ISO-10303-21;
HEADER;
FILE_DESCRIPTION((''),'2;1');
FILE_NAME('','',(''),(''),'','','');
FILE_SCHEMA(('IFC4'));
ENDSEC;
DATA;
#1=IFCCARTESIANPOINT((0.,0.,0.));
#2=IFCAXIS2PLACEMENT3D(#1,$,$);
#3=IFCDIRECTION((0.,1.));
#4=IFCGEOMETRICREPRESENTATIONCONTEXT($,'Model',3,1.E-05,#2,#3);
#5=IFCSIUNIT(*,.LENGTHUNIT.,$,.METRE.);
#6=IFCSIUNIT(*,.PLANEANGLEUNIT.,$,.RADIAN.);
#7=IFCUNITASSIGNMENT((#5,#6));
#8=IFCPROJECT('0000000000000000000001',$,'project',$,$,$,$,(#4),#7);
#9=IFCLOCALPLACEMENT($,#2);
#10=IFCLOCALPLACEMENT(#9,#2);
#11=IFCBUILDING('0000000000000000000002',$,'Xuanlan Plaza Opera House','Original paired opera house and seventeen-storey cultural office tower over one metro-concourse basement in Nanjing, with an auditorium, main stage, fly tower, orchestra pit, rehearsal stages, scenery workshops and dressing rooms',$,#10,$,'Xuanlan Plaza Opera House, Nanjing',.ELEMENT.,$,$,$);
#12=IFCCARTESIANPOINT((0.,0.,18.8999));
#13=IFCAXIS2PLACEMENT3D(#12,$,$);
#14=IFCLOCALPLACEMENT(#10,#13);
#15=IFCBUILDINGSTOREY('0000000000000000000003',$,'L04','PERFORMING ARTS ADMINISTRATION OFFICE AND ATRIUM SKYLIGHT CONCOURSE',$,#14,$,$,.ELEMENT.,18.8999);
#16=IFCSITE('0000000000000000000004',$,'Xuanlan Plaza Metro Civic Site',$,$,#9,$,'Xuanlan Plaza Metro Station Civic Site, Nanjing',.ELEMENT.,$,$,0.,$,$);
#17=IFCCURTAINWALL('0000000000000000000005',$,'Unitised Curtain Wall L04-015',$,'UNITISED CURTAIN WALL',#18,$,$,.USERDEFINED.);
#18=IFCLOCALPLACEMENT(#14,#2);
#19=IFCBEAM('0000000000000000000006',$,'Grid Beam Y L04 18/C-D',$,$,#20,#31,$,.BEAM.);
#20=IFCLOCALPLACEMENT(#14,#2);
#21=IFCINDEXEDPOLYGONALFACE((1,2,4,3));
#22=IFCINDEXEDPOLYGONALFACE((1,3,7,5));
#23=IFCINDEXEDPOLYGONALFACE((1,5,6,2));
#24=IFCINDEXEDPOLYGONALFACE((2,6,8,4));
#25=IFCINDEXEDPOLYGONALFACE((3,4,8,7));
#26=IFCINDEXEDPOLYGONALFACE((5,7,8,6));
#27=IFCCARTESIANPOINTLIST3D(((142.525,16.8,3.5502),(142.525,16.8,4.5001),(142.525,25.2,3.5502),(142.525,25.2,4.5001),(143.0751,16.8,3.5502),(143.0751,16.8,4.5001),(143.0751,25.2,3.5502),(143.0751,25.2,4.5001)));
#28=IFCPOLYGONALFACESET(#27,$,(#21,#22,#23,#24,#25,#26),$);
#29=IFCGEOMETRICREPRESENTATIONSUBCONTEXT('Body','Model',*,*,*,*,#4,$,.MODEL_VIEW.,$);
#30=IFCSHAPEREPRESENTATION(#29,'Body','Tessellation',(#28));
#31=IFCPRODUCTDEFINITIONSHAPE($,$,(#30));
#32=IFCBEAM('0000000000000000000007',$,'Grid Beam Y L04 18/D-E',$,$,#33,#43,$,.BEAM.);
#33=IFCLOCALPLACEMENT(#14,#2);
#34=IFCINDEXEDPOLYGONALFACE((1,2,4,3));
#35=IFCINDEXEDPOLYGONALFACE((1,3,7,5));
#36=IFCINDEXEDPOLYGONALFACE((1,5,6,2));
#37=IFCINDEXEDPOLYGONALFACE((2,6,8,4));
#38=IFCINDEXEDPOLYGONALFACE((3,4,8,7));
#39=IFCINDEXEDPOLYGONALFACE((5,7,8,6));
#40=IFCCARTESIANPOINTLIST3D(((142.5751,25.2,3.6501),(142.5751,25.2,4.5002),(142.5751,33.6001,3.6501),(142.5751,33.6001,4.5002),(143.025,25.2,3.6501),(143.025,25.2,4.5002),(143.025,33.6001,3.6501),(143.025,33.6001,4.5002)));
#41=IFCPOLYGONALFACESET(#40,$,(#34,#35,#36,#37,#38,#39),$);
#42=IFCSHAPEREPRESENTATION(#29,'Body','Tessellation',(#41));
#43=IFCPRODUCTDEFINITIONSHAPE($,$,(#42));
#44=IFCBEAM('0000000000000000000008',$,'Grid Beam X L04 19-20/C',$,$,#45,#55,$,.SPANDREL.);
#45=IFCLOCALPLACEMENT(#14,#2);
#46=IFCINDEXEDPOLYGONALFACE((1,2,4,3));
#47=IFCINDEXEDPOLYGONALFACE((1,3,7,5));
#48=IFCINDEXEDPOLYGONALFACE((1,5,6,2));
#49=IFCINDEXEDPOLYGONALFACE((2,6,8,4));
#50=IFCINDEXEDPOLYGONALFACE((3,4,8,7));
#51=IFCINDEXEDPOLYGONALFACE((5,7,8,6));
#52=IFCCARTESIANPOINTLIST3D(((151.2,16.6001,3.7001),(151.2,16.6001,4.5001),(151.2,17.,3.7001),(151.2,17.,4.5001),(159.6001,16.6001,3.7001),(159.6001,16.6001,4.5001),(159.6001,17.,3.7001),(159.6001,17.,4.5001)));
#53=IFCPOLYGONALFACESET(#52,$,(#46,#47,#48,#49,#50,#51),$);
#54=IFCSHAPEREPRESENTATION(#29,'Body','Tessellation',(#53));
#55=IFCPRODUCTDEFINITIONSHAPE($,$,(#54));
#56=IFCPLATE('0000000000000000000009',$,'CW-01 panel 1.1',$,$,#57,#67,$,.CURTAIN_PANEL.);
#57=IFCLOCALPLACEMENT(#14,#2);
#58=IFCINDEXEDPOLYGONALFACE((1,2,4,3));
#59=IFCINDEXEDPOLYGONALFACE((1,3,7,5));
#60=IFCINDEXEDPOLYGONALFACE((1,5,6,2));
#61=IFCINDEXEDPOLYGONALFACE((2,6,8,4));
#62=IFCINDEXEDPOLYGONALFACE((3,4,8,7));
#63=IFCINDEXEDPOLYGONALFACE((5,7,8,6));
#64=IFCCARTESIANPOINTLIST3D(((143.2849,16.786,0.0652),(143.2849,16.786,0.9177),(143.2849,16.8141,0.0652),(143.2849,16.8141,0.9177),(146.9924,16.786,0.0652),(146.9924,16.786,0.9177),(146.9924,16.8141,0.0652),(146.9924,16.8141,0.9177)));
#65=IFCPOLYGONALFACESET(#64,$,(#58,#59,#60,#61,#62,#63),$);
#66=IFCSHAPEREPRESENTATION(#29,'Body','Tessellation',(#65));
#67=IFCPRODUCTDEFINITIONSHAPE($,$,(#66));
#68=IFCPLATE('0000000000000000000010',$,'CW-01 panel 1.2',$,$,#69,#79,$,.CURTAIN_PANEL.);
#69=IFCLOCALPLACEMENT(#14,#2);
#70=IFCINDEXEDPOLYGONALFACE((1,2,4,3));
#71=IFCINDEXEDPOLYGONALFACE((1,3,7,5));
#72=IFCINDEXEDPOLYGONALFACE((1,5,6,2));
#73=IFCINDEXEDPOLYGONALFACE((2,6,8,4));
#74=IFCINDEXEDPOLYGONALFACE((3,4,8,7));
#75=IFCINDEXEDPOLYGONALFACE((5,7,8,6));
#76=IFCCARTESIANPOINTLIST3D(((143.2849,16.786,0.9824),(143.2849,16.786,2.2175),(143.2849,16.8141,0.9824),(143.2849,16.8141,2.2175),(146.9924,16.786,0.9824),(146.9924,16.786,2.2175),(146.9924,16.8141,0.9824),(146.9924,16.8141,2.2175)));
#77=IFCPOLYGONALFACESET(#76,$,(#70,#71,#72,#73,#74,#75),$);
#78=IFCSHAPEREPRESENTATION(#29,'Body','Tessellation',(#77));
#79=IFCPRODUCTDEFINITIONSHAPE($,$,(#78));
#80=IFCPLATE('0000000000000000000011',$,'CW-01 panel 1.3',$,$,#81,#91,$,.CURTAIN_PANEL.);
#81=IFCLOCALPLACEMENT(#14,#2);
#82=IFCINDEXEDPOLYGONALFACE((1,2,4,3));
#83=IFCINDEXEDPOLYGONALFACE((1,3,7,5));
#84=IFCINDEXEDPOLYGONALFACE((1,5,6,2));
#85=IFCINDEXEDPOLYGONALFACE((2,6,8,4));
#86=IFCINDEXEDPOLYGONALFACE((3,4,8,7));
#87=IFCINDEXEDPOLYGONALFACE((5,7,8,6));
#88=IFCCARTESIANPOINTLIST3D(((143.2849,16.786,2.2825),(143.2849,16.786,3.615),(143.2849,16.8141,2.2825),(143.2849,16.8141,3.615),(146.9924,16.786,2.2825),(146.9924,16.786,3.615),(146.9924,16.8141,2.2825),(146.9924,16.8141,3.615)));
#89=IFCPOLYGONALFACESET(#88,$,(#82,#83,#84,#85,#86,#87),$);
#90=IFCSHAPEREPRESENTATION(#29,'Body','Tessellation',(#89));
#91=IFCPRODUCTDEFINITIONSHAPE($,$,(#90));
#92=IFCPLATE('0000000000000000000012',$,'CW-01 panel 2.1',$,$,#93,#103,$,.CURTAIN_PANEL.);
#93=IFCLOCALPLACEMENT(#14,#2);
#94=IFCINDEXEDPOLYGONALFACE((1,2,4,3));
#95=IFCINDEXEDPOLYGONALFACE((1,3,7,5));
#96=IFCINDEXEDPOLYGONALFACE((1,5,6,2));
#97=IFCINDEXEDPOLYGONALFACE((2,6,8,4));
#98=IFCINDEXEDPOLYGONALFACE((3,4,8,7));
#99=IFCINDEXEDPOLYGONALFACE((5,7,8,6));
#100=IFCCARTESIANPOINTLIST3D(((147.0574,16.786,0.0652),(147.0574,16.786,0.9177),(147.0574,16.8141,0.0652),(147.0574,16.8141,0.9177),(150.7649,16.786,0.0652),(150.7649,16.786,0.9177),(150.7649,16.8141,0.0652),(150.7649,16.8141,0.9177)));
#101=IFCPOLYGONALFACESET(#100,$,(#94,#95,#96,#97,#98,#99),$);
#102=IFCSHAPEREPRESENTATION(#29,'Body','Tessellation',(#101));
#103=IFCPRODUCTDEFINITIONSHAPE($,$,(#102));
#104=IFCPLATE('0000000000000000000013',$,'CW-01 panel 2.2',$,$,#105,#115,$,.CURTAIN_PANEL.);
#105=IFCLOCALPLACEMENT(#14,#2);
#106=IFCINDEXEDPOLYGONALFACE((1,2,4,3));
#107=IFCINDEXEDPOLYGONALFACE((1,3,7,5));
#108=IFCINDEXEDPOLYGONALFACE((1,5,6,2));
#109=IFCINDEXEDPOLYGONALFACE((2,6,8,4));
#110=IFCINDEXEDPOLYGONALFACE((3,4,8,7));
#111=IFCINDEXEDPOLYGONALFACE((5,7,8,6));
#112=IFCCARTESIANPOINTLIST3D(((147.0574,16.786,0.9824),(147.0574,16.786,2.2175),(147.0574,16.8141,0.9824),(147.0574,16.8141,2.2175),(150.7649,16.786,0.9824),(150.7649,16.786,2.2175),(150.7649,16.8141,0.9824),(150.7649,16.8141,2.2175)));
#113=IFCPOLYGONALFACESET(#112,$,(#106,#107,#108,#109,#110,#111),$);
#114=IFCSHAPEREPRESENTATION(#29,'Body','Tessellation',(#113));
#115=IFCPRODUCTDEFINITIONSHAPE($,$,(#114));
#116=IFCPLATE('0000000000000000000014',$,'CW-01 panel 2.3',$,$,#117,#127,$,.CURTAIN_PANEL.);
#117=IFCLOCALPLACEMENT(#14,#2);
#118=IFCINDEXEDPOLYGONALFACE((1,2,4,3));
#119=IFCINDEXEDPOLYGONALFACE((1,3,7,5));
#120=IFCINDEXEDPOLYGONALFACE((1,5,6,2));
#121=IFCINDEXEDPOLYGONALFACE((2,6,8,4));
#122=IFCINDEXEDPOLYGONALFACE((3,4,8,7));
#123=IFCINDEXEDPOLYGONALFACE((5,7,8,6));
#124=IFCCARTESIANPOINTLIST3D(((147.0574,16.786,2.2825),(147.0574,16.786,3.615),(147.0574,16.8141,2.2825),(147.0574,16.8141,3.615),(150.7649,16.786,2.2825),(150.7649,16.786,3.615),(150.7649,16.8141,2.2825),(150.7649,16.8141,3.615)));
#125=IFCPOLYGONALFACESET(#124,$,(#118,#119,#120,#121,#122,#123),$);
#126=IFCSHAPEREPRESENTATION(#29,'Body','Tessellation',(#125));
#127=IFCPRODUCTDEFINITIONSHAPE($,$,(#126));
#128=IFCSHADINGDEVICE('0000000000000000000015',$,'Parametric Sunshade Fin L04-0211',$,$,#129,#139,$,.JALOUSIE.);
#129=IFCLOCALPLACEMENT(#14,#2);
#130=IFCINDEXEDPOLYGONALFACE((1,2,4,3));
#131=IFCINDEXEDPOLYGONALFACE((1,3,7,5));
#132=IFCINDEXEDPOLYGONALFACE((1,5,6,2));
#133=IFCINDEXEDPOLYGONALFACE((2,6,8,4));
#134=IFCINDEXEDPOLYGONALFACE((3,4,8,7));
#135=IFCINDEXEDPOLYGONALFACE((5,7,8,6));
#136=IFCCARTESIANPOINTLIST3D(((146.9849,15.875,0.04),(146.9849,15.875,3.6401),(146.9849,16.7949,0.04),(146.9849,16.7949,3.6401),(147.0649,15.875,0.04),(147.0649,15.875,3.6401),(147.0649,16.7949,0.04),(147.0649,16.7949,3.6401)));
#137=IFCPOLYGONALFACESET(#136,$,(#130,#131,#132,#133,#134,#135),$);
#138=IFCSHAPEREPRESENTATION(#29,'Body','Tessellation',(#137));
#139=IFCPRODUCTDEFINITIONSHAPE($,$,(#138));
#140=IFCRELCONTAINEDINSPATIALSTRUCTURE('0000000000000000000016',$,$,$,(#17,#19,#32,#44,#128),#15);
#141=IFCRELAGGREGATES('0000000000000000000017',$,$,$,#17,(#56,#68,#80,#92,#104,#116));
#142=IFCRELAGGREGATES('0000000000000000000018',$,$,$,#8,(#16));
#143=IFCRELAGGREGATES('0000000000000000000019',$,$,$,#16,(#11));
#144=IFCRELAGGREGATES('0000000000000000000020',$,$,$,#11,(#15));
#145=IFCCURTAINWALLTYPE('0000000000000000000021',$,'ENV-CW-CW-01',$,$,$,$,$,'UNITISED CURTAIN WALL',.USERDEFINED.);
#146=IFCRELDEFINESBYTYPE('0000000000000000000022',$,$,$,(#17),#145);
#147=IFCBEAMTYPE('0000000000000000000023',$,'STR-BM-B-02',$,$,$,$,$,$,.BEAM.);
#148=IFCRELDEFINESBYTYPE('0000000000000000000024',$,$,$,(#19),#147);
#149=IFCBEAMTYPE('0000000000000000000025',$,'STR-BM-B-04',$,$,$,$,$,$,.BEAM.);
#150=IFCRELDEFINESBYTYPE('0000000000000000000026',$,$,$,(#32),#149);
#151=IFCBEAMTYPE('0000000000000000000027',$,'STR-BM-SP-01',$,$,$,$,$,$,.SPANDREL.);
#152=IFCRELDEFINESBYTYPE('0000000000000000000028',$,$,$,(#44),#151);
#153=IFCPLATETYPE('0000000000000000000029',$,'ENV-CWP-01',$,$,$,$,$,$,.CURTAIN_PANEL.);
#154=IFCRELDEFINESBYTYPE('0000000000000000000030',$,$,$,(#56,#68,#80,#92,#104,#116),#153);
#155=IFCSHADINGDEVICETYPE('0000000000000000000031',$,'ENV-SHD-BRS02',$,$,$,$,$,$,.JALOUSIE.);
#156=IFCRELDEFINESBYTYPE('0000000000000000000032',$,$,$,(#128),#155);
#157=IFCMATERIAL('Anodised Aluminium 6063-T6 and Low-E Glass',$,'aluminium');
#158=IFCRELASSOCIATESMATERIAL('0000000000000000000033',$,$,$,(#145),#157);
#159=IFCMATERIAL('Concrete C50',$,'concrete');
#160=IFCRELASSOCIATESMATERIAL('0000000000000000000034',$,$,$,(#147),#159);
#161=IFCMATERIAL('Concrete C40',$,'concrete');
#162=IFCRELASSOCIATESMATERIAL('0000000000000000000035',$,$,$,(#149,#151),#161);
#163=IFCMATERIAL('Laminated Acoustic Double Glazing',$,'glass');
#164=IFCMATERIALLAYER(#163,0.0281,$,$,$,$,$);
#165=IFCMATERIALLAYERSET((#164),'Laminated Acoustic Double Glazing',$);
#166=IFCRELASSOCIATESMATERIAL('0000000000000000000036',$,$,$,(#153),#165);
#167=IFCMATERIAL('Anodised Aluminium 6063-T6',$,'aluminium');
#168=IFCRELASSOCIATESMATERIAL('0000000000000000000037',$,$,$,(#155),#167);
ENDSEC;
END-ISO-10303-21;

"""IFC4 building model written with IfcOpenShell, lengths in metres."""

from ifc_helpers import new_model, si_unit, direction, frame, origin, origin_2d, place, context, subcontext, project, spatial, rectangle, extrude, material, layer, layer_set, material_profile, profile_set, type_object, element, aggregate, save


model = new_model("IFC4")

# Units and contexts
model_context = context("Model", 3, precision=1e-05, world=origin(), true_north=direction((0.0, 1.0)))
body_context = subcontext(model_context, "Body", "Model", "MODEL_VIEW")
ifc_project = project(units=[si_unit("LENGTHUNIT", "METRE"), si_unit("PLANEANGLEUNIT", "RADIAN")], contexts=[model_context])

# Site, building, storey
site_placement = place(None, origin())
site = spatial("IfcSite", under=ifc_project, at=site_placement, Name="Xuanlan Plaza Metro Civic Site", LongName="Xuanlan Plaza Metro Station Civic Site, Nanjing", CompositionType="ELEMENT", RefElevation=0.0)
building_placement = place(site_placement, origin())
building = spatial("IfcBuilding", under=site, at=building_placement, Name="Xuanlan Plaza Opera House", Description="Original paired opera house and seventeen-storey cultural office tower over one metro-concourse basement in Nanjing, with an auditorium, main stage, fly tower, orchestra pit, rehearsal stages, scenery workshops and dressing rooms", LongName="Xuanlan Plaza Opera House, Nanjing", CompositionType="ELEMENT")
storey_placement = place(building_placement, frame((0.0, 0.0, 18.8999)))
storey = spatial("IfcBuildingStorey", under=building, at=storey_placement, Name="L04", Description="PERFORMING ARTS ADMINISTRATION OFFICE AND ATRIUM SKYLIGHT CONCOURSE", CompositionType="ELEMENT", Elevation=18.8999)

# Shared definitions
ifc_material_1 = material(Name="Concrete C40", Category="concrete")

# Curtain wall
ifc_material_2 = material(Name="Anodised Aluminium 6063-T6 and Low-E Glass", Category="aluminium")
curtain_wall_type = type_object("IfcCurtainWallType", Name="ENV-CW-CW-01", ElementType="UNITISED CURTAIN WALL", PredefinedType="USERDEFINED", material=ifc_material_2)
curtain_wall_placement = place(storey_placement, origin())
curtain_wall = element("IfcCurtainWall", 1, at=curtain_wall_placement, inside=storey, type_object=curtain_wall_type, Name="Unitised Curtain Wall L04-015", ObjectType="UNITISED CURTAIN WALL", PredefinedType="USERDEFINED")
ifc_material_3 = material(Name="Anodised Aluminium 6063-T6", Category="aluminium")

# Beams
ifc_material_4 = material(Name="Concrete C50", Category="concrete")
ifc_material_profile_1 = material_profile(ifc_material_4, rectangle(XDim=0.55, YDim=0.95, at=origin_2d()), Name="RC-BM 550x950")
ifc_profile_set_1 = profile_set([ifc_material_profile_1], Name="Concrete C50")
beam_type_1 = type_object("IfcBeamType", Name="STR-BM-B-02", PredefinedType="BEAM", material=ifc_profile_set_1)
beam_1_placement = place(storey_placement, frame((142.8, 16.8, 4.0251), z_axis=(0.0, 1.0, 0.0), x_axis=(-1.0, 0.0, 0.0)))
element("IfcBeam", 2, at=beam_1_placement, inside=storey, type_object=beam_type_1, Name="Grid Beam Y L04 18/C-D", PredefinedType="BEAM", context=body_context, shape_type="SweptSolid", body=[
    extrude(rectangle(XDim=0.55, YDim=0.95, at=origin_2d()), origin(), (0.0, 0.0, 1.0), 8.3999),
])
ifc_material_profile_2 = material_profile(ifc_material_1, rectangle(XDim=0.45, YDim=0.8501, at=origin_2d()), Name="RC-BM 450x850")
ifc_profile_set_2 = profile_set([ifc_material_profile_2], Name="Concrete C40")
beam_type_2 = type_object("IfcBeamType", Name="STR-BM-B-04", PredefinedType="BEAM", material=ifc_profile_set_2)
beam_2_placement = place(storey_placement, frame((142.8, 25.2, 4.0752), z_axis=(0.0, 1.0, 0.0), x_axis=(-1.0, 0.0, 0.0)))
element("IfcBeam", 3, at=beam_2_placement, inside=storey, type_object=beam_type_2, Name="Grid Beam Y L04 18/D-E", PredefinedType="BEAM", context=body_context, shape_type="SweptSolid", body=[
    extrude(rectangle(XDim=0.45, YDim=0.8501, at=origin_2d()), origin(), (0.0, 0.0, 1.0), 8.4001),
])
ifc_material_profile_3 = material_profile(ifc_material_1, rectangle(XDim=0.3999, YDim=0.8, at=origin_2d()), Name="RC-SPD 400x800")
ifc_profile_set_3 = profile_set([ifc_material_profile_3], Name="Concrete C40")
beam_type_3 = type_object("IfcBeamType", Name="STR-BM-SP-01", PredefinedType="SPANDREL", material=ifc_profile_set_3)
beam_3_placement = place(storey_placement, frame((151.2, 16.8, 4.1001), z_axis=(1.0, 0.0, 0.0), x_axis=(0.0, 1.0, 0.0)))
element("IfcBeam", 4, at=beam_3_placement, inside=storey, type_object=beam_type_3, Name="Grid Beam X L04 19-20/C", PredefinedType="SPANDREL", context=body_context, shape_type="SweptSolid", body=[
    extrude(rectangle(XDim=0.3999, YDim=0.8, at=origin_2d()), origin(), (0.0, 0.0, 1.0), 8.4001),
])

# Plates
ifc_material_5 = material(Name="Laminated Acoustic Double Glazing", Category="glass")
ifc_layer = layer(ifc_material_5, 0.0281)
ifc_layer_set = layer_set([ifc_layer], Name="Laminated Acoustic Double Glazing")
plate_type = type_object("IfcPlateType", Name="ENV-CWP-01", PredefinedType="CURTAIN_PANEL", material=ifc_layer_set)
plate_1_placement = place(storey_placement, frame((145.1387, 16.8, 0.0652), z_axis=(0.0, 0.0, 1.0), x_axis=(1.0, 0.0, 0.0)))
plate_1 = element("IfcPlate", 5, at=plate_1_placement, type_object=plate_type, Name="CW-01 panel 1.1", PredefinedType="CURTAIN_PANEL", context=body_context, shape_type="SweptSolid", body=[
    extrude(rectangle(XDim=3.7075, YDim=0.0281, at=origin_2d()), origin(), (0.0, 0.0, 1.0), 0.8525),
])
plate_2_placement = place(storey_placement, frame((145.1387, 16.8, 0.9824), z_axis=(0.0, 0.0, 1.0), x_axis=(1.0, 0.0, 0.0)))
plate_2 = element("IfcPlate", 6, at=plate_2_placement, type_object=plate_type, Name="CW-01 panel 1.2", PredefinedType="CURTAIN_PANEL", context=body_context, shape_type="SweptSolid", body=[
    extrude(rectangle(XDim=3.7075, YDim=0.0281, at=origin_2d()), origin(), (0.0, 0.0, 1.0), 1.2351),
])
plate_3_placement = place(storey_placement, frame((145.1387, 16.8, 2.2825), z_axis=(0.0, 0.0, 1.0), x_axis=(1.0, 0.0, 0.0)))
plate_3 = element("IfcPlate", 7, at=plate_3_placement, type_object=plate_type, Name="CW-01 panel 1.3", PredefinedType="CURTAIN_PANEL", context=body_context, shape_type="SweptSolid", body=[
    extrude(rectangle(XDim=3.7075, YDim=0.0281, at=origin_2d()), origin(), (0.0, 0.0, 1.0), 1.3325),
])
plate_4_placement = place(storey_placement, frame((148.9111, 16.8, 0.0652), z_axis=(0.0, 0.0, 1.0), x_axis=(1.0, 0.0, 0.0)))
plate_4 = element("IfcPlate", 8, at=plate_4_placement, type_object=plate_type, Name="CW-01 panel 2.1", PredefinedType="CURTAIN_PANEL", context=body_context, shape_type="SweptSolid", body=[
    extrude(rectangle(XDim=3.7075, YDim=0.0281, at=origin_2d()), origin(), (0.0, 0.0, 1.0), 0.8525),
])
plate_5_placement = place(storey_placement, frame((148.9111, 16.8, 0.9824), z_axis=(0.0, 0.0, 1.0), x_axis=(1.0, 0.0, 0.0)))
plate_5 = element("IfcPlate", 9, at=plate_5_placement, type_object=plate_type, Name="CW-01 panel 2.2", PredefinedType="CURTAIN_PANEL", context=body_context, shape_type="SweptSolid", body=[
    extrude(rectangle(XDim=3.7075, YDim=0.0281, at=origin_2d()), origin(), (0.0, 0.0, 1.0), 1.2351),
])
plate_6_placement = place(storey_placement, frame((148.9111, 16.8, 2.2825), z_axis=(0.0, 0.0, 1.0), x_axis=(1.0, 0.0, 0.0)))
plate_6 = element("IfcPlate", 10, at=plate_6_placement, type_object=plate_type, Name="CW-01 panel 2.3", PredefinedType="CURTAIN_PANEL", context=body_context, shape_type="SweptSolid", body=[
    extrude(rectangle(XDim=3.7075, YDim=0.0281, at=origin_2d()), origin(), (0.0, 0.0, 1.0), 1.3325),
])
aggregate(curtain_wall, [plate_1, plate_2, plate_3, plate_4, plate_5, plate_6])

# Shading device
shading_device_type = type_object("IfcShadingDeviceType", Name="ENV-SHD-BRS02", PredefinedType="JALOUSIE", material=ifc_material_3)
shading_device_placement = place(storey_placement, frame((147.0249, 16.335, 0.04), z_axis=(0.0, 0.0, 1.0), x_axis=(0.0, -1.0, 0.0)))
element("IfcShadingDevice", 11, at=shading_device_placement, inside=storey, type_object=shading_device_type, Name="Parametric Sunshade Fin L04-0211", PredefinedType="JALOUSIE", context=body_context, shape_type="SweptSolid", body=[
    extrude(rectangle(XDim=0.9199, YDim=0.0801, at=origin_2d()), origin(), (0.0, 0.0, 1.0), 3.6001),
])

save(model, "model.ifc")
